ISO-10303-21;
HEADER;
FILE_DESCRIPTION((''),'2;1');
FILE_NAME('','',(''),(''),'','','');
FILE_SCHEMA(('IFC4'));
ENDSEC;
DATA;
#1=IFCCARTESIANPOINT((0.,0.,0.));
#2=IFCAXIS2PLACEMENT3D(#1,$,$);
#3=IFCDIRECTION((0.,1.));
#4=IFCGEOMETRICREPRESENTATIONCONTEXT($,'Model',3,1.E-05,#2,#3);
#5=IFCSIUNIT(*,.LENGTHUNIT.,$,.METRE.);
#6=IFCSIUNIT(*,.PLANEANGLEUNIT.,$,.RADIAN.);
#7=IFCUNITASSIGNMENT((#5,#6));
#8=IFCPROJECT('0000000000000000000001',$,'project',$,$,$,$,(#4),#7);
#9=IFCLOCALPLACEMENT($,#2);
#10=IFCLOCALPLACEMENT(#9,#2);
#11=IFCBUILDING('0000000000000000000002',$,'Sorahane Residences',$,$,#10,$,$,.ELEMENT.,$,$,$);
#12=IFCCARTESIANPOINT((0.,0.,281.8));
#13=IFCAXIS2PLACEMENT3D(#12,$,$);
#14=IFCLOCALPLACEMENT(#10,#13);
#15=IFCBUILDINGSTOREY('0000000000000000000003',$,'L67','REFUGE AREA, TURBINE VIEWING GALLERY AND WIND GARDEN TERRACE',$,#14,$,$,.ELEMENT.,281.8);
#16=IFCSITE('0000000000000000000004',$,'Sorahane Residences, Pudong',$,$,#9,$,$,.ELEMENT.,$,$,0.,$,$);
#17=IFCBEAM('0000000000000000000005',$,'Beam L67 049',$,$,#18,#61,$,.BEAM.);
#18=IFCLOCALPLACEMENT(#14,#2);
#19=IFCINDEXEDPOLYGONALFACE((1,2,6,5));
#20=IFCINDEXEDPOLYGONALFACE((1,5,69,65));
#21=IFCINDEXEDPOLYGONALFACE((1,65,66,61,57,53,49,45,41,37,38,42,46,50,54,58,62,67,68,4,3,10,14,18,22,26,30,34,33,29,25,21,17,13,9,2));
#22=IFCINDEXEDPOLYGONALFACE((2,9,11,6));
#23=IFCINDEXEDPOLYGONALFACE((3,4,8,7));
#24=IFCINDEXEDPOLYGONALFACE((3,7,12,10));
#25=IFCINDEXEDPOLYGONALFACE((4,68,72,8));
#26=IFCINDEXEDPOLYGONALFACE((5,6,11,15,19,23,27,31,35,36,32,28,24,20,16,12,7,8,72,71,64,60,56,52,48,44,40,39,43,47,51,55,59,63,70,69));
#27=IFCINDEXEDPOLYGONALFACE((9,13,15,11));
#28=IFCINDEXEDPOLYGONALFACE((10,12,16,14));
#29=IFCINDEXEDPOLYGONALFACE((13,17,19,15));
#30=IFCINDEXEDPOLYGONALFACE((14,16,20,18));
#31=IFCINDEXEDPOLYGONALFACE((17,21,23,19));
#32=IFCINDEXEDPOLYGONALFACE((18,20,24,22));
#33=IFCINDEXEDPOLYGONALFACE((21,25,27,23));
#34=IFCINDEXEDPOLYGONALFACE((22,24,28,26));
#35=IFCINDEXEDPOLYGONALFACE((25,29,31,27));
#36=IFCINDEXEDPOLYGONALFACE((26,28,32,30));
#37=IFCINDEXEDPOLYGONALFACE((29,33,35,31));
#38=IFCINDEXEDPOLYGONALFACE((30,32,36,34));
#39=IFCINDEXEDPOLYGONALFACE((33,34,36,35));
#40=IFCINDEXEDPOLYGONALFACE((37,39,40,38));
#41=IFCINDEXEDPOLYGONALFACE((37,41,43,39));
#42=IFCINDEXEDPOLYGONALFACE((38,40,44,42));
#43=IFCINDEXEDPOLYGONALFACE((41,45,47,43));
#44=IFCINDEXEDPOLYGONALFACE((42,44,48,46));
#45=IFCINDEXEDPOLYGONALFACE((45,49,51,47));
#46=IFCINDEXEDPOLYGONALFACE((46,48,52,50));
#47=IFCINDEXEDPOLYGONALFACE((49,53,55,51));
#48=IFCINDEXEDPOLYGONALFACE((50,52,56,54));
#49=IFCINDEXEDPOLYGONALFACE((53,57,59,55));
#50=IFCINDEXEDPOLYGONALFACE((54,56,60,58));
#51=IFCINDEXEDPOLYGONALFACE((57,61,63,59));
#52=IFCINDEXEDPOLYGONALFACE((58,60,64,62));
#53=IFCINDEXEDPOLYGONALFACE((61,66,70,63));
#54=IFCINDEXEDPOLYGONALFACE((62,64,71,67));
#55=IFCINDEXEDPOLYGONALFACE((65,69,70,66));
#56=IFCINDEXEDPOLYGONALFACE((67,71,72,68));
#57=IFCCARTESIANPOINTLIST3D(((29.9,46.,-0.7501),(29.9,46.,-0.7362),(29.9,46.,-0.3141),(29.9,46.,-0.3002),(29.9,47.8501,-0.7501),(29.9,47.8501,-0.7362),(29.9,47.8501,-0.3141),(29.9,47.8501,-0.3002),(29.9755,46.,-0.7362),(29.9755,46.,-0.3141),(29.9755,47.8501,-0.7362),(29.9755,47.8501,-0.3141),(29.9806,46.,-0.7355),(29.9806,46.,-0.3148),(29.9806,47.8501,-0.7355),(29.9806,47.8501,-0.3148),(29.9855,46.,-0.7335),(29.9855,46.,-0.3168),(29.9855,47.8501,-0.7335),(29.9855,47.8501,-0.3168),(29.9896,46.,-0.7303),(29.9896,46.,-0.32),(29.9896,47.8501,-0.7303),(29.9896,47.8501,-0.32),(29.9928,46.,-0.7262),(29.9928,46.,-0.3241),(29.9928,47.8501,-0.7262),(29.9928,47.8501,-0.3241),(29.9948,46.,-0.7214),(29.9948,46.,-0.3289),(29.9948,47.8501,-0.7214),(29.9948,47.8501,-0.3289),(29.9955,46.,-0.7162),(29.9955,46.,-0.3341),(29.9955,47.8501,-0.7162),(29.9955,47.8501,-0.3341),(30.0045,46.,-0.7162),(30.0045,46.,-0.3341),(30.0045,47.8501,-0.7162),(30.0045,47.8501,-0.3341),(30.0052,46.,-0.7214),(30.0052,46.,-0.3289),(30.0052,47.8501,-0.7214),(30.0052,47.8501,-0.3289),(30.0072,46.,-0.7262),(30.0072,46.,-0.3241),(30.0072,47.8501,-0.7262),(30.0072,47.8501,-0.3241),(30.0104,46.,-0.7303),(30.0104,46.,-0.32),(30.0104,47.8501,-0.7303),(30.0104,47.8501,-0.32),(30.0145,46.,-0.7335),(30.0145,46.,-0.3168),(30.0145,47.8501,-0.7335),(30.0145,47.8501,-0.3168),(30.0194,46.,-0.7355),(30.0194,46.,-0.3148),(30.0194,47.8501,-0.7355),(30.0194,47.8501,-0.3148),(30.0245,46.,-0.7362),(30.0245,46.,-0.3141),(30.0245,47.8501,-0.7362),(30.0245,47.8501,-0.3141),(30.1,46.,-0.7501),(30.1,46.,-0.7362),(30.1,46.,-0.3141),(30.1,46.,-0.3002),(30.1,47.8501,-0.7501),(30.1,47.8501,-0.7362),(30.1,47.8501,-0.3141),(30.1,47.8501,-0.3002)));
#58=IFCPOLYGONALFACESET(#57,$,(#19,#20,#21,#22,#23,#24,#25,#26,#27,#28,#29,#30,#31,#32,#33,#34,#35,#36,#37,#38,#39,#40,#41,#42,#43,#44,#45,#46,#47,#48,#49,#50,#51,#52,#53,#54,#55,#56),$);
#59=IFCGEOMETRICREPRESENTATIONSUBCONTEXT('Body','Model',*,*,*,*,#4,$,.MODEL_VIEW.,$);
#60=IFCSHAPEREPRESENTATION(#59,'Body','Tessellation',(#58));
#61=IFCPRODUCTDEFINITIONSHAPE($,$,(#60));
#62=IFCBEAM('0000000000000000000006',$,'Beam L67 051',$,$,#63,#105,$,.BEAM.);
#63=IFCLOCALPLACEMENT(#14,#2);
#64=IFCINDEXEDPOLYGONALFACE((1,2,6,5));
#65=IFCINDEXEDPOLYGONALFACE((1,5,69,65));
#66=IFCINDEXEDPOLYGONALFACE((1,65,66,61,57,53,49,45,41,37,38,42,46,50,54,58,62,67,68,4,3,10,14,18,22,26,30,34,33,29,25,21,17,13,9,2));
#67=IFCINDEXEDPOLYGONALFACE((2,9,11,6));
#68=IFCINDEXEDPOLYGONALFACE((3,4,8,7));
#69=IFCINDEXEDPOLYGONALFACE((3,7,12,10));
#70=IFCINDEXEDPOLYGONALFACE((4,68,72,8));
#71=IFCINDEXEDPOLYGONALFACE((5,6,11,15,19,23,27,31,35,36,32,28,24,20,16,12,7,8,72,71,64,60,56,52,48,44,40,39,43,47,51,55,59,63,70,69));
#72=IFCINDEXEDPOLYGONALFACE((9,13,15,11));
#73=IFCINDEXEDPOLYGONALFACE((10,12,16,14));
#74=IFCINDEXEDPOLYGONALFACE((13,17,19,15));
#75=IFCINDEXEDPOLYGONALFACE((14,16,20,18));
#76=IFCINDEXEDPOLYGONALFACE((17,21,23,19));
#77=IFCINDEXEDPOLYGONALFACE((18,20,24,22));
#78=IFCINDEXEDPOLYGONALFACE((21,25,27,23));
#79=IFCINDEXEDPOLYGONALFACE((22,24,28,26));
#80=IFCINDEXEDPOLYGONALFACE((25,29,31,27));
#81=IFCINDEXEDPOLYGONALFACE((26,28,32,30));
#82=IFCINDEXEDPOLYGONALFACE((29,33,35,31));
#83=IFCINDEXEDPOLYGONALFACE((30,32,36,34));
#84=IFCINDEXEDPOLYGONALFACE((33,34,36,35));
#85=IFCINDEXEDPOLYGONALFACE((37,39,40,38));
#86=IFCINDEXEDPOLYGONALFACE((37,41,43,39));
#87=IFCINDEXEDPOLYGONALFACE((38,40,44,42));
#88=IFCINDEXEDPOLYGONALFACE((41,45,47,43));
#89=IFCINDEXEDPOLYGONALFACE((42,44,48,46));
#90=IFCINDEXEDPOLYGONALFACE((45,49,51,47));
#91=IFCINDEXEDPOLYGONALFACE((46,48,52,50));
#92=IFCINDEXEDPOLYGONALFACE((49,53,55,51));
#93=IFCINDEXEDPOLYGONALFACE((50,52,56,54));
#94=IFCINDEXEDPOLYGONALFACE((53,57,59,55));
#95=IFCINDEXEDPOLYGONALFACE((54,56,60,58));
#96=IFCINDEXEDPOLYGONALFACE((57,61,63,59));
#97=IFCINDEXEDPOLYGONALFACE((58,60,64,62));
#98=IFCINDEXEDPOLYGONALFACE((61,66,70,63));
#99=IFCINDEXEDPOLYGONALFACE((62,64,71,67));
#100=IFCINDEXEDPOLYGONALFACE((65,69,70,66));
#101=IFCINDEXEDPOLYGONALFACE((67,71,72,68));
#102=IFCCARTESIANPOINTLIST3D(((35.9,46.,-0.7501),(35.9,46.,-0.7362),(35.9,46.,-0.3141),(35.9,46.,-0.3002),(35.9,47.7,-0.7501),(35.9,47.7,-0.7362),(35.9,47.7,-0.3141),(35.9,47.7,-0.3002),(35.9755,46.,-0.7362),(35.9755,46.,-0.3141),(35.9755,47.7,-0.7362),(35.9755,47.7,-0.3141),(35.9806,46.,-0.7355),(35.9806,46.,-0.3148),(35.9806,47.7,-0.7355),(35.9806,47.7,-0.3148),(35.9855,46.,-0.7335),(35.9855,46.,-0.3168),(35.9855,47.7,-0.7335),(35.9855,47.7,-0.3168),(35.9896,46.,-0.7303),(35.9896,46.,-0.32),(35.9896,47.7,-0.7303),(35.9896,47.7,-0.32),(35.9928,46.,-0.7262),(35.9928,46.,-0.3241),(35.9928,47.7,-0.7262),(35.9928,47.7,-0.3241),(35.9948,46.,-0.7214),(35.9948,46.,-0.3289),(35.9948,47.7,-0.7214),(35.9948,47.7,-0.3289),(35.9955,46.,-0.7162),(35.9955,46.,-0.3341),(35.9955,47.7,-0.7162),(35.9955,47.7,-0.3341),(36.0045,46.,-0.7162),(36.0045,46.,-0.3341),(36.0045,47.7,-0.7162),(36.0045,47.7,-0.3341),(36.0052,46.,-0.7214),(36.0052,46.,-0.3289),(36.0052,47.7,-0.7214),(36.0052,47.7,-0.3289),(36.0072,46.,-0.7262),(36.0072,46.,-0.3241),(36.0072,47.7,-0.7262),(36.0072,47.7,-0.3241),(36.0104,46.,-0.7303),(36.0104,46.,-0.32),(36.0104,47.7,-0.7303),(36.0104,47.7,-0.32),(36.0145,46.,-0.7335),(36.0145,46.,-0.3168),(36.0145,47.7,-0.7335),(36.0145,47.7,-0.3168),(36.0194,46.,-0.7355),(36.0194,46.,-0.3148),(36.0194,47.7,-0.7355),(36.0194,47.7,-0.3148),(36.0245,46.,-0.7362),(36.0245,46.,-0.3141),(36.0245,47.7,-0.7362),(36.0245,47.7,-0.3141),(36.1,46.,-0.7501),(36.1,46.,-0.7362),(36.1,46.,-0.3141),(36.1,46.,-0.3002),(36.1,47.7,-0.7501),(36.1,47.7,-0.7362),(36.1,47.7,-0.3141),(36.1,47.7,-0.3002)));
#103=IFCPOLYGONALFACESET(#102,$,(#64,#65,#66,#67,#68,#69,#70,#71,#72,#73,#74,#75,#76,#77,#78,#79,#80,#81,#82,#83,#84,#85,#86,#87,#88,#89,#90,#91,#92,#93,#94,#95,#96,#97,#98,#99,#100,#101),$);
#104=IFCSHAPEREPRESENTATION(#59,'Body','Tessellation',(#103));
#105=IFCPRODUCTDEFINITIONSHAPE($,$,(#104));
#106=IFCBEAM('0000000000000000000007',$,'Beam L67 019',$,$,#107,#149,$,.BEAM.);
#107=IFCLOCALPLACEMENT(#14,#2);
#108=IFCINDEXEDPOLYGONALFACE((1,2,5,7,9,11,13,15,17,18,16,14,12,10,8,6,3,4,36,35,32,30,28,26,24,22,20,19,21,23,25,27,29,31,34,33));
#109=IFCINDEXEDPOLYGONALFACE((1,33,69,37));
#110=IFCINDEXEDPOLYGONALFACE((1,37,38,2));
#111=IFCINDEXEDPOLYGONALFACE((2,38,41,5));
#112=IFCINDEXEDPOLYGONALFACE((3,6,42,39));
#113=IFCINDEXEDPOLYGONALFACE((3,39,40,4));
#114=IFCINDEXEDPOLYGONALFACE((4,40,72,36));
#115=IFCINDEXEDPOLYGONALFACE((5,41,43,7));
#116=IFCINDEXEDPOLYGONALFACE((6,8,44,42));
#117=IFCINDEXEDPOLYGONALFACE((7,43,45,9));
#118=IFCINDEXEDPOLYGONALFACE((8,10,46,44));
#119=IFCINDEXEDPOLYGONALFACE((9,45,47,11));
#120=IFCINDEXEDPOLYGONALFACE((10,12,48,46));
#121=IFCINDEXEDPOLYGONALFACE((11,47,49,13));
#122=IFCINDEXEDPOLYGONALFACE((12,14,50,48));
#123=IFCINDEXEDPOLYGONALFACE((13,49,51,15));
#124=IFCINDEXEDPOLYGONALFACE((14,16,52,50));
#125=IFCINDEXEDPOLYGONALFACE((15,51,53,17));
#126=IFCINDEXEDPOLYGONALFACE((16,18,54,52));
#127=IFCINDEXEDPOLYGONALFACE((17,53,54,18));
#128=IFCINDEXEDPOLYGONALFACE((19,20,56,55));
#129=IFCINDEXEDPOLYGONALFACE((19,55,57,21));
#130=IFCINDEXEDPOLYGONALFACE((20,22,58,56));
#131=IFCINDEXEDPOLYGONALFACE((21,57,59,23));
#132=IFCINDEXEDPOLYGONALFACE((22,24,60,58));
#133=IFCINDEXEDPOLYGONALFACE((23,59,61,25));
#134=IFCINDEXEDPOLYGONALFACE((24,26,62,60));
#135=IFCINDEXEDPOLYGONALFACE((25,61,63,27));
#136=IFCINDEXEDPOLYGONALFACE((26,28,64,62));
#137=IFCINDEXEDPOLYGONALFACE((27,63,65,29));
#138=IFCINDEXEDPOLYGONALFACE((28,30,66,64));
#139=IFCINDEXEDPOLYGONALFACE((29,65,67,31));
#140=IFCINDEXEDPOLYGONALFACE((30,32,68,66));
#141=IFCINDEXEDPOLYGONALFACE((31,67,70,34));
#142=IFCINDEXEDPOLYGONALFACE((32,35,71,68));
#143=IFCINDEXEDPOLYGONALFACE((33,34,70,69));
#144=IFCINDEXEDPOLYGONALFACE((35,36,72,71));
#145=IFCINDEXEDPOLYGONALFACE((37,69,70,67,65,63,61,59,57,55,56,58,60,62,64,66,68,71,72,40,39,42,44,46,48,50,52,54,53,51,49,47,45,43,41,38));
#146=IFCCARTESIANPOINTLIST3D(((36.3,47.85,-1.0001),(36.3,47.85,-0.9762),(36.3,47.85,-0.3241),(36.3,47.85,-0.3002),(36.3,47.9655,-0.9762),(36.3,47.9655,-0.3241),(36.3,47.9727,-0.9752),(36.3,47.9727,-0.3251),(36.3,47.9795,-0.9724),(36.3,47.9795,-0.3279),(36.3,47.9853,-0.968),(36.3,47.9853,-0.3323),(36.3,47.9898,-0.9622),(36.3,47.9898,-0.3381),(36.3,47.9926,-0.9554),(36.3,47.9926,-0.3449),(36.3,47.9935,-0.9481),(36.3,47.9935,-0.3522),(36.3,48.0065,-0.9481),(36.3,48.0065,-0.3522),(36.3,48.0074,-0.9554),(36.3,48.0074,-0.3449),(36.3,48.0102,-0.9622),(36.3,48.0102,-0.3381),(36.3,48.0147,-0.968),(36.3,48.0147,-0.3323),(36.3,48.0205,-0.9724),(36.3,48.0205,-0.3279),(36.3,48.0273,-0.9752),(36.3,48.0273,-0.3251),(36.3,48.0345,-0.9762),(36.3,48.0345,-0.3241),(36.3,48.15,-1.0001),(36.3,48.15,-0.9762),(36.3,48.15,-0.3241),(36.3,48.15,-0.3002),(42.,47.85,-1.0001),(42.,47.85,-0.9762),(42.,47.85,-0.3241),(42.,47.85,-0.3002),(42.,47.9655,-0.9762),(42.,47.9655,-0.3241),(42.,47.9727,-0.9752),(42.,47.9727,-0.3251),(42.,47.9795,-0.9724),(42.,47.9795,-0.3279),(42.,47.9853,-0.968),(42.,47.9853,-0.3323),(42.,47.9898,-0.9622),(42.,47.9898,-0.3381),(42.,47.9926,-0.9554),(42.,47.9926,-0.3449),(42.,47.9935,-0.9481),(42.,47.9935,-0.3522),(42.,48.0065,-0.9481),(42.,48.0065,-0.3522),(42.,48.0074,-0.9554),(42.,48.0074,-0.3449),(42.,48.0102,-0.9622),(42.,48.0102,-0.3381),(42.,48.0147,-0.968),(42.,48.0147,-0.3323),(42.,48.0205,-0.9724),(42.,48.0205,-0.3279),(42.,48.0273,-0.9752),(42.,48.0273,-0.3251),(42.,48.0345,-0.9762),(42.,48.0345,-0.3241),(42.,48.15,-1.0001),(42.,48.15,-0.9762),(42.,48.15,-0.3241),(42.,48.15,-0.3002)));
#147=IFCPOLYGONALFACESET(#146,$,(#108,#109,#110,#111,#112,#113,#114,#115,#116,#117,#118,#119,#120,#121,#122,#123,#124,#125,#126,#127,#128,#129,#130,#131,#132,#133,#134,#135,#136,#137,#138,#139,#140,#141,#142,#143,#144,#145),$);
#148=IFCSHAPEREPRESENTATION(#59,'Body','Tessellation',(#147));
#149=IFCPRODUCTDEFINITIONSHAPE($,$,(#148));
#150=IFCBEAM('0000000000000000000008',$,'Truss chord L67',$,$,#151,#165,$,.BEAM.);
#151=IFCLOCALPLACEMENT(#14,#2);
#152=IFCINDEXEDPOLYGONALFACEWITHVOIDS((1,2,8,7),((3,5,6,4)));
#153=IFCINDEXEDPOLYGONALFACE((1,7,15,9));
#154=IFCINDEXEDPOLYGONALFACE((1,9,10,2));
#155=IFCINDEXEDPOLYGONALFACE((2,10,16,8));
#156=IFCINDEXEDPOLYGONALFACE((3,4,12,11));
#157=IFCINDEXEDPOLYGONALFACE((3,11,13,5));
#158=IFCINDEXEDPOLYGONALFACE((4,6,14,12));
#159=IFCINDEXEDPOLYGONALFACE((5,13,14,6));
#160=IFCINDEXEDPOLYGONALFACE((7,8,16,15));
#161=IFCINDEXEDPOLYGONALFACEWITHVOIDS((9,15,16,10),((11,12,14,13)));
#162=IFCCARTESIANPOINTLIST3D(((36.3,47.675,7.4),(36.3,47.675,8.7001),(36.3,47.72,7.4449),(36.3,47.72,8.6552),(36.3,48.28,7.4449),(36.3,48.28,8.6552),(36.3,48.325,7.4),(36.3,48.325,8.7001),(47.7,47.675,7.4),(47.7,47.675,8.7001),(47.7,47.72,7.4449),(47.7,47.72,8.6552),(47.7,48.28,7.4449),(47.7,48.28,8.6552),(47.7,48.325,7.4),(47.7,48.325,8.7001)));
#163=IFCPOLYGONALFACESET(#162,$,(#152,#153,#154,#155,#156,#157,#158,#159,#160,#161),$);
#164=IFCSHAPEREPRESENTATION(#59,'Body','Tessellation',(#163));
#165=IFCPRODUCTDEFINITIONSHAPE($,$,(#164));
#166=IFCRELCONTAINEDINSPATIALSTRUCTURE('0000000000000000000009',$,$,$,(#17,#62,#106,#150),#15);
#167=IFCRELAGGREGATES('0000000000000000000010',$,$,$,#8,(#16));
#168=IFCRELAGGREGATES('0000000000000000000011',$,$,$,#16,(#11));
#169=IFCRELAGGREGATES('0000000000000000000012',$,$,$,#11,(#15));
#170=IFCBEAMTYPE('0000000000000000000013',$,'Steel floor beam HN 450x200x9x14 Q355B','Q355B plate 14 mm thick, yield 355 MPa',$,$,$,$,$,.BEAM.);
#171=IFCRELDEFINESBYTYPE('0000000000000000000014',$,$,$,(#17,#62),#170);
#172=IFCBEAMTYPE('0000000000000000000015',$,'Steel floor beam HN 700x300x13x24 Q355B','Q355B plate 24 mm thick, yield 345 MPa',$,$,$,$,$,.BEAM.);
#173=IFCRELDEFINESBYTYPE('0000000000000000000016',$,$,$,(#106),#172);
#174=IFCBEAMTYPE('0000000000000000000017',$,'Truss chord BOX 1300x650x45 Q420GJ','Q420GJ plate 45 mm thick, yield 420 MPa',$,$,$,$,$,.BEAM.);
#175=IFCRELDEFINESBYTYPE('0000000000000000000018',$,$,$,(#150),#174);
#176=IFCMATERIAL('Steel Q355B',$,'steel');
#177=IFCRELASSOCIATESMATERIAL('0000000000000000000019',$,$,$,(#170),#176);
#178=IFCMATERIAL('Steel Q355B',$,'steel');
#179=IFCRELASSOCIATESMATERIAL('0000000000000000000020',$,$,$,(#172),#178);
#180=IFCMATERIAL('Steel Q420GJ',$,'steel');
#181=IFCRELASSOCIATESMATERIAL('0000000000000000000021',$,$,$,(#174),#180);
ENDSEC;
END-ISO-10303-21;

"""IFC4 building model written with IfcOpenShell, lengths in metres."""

from ifc_helpers import new_model, si_unit, direction, frame, origin, origin_2d, place, context, subcontext, project, spatial, hollow_rectangle, i_section, extrude, material, material_profile, profile_set, type_object, element, save


model = new_model("IFC4")

# Units and contexts
model_context = context("Model", 3, precision=1e-05, world=origin(), true_north=direction((0.0, 1.0)))
body_context = subcontext(model_context, "Body", "Model", "MODEL_VIEW")
ifc_project = project(units=[si_unit("LENGTHUNIT", "METRE"), si_unit("PLANEANGLEUNIT", "RADIAN")], contexts=[model_context])

# Site, building, storey
site_placement = place(None, origin())
site = spatial("IfcSite", under=ifc_project, at=site_placement, Name="Sorahane Residences, Pudong", CompositionType="ELEMENT", RefElevation=0.0)
building_placement = place(site_placement, origin())
building = spatial("IfcBuilding", under=site, at=building_placement, Name="Sorahane Residences", CompositionType="ELEMENT")
storey_placement = place(building_placement, frame((0.0, 0.0, 281.8)))
storey = spatial("IfcBuildingStorey", under=building, at=storey_placement, Name="L67", Description="REFUGE AREA, TURBINE VIEWING GALLERY AND WIND GARDEN TERRACE", CompositionType="ELEMENT", Elevation=281.8)

# Beams
ifc_material_1 = material(Name="Steel Q355B", Category="steel")
ifc_material_profile_1 = material_profile(ifc_material_1, i_section(OverallWidth=0.2, OverallDepth=0.45, WebThickness=0.009, FlangeThickness=0.0139, FilletRadius=0.02, at=origin_2d()), Name="HN 450x200x9x14")
ifc_profile_set_1 = profile_set([ifc_material_profile_1], Name="Steel Q355B")
beam_type_1 = type_object("IfcBeamType", Name="Steel floor beam HN 450x200x9x14 Q355B", Description="Q355B plate 14 mm thick, yield 355 MPa", PredefinedType="BEAM", material=ifc_profile_set_1)
beam_1_placement = place(storey_placement, frame((30.0, 46.0, -0.5251), z_axis=(0.0, 1.0, 0.0), x_axis=(-1.0, 0.0, 0.0)))
element("IfcBeam", 1, at=beam_1_placement, inside=storey, type_object=beam_type_1, Name="Beam L67 049", PredefinedType="BEAM", context=body_context, shape_type="SweptSolid", body=[
    extrude(i_section(OverallWidth=0.2, OverallDepth=0.45, WebThickness=0.009, FlangeThickness=0.0139, FilletRadius=0.02, at=origin_2d()), origin(), (0.0, 0.0, 1.0), 1.8501),
])
beam_2_placement = place(storey_placement, frame((36.0, 46.0, -0.5251), z_axis=(0.0, 1.0, 0.0), x_axis=(-1.0, 0.0, 0.0)))
element("IfcBeam", 2, at=beam_2_placement, inside=storey, type_object=beam_type_1, Name="Beam L67 051", PredefinedType="BEAM", context=body_context, shape_type="SweptSolid", body=[
    extrude(i_section(OverallWidth=0.2, OverallDepth=0.45, WebThickness=0.009, FlangeThickness=0.0139, FilletRadius=0.02, at=origin_2d()), origin(), (0.0, 0.0, 1.0), 1.7),
])
ifc_material_2 = material(Name="Steel Q355B", Category="steel")
ifc_material_profile_2 = material_profile(ifc_material_2, i_section(OverallWidth=0.3, OverallDepth=0.7, WebThickness=0.0129, FlangeThickness=0.0239, FilletRadius=0.0281, at=origin_2d()), Name="HN 700x300x13x24")
ifc_profile_set_2 = profile_set([ifc_material_profile_2], Name="Steel Q355B")
beam_type_2 = type_object("IfcBeamType", Name="Steel floor beam HN 700x300x13x24 Q355B", Description="Q355B plate 24 mm thick, yield 345 MPa", PredefinedType="BEAM", material=ifc_profile_set_2)
beam_3_placement = place(storey_placement, frame((36.3, 48.0, -0.6501), z_axis=(1.0, 0.0, 0.0), x_axis=(0.0, 1.0, 0.0)))
element("IfcBeam", 3, at=beam_3_placement, inside=storey, type_object=beam_type_2, Name="Beam L67 019", PredefinedType="BEAM", context=body_context, shape_type="SweptSolid", body=[
    extrude(i_section(OverallWidth=0.3, OverallDepth=0.7, WebThickness=0.0129, FlangeThickness=0.0239, FilletRadius=0.0281, at=origin_2d()), origin(), (0.0, 0.0, 1.0), 5.7),
])
ifc_material_3 = material(Name="Steel Q420GJ", Category="steel")
ifc_material_profile_3 = material_profile(ifc_material_3, hollow_rectangle(XDim=0.6499, YDim=1.3, WallThickness=0.0449, at=origin_2d()), Name="BOX 1300x650x45")
ifc_profile_set_3 = profile_set([ifc_material_profile_3], Name="Steel Q420GJ")
beam_type_3 = type_object("IfcBeamType", Name="Truss chord BOX 1300x650x45 Q420GJ", Description="Q420GJ plate 45 mm thick, yield 420 MPa", PredefinedType="BEAM", material=ifc_profile_set_3)
beam_4_placement = place(storey_placement, frame((36.3, 48.0, 8.05), z_axis=(1.0, 0.0, 0.0), x_axis=(0.0, 1.0, 0.0)))
element("IfcBeam", 4, at=beam_4_placement, inside=storey, type_object=beam_type_3, Name="Truss chord L67", PredefinedType="BEAM", context=body_context, shape_type="SweptSolid", body=[
    extrude(hollow_rectangle(XDim=0.6499, YDim=1.3, WallThickness=0.0449, at=origin_2d()), origin(), (0.0, 0.0, 1.0), 11.3999),
])

save(model, "model.ifc")
